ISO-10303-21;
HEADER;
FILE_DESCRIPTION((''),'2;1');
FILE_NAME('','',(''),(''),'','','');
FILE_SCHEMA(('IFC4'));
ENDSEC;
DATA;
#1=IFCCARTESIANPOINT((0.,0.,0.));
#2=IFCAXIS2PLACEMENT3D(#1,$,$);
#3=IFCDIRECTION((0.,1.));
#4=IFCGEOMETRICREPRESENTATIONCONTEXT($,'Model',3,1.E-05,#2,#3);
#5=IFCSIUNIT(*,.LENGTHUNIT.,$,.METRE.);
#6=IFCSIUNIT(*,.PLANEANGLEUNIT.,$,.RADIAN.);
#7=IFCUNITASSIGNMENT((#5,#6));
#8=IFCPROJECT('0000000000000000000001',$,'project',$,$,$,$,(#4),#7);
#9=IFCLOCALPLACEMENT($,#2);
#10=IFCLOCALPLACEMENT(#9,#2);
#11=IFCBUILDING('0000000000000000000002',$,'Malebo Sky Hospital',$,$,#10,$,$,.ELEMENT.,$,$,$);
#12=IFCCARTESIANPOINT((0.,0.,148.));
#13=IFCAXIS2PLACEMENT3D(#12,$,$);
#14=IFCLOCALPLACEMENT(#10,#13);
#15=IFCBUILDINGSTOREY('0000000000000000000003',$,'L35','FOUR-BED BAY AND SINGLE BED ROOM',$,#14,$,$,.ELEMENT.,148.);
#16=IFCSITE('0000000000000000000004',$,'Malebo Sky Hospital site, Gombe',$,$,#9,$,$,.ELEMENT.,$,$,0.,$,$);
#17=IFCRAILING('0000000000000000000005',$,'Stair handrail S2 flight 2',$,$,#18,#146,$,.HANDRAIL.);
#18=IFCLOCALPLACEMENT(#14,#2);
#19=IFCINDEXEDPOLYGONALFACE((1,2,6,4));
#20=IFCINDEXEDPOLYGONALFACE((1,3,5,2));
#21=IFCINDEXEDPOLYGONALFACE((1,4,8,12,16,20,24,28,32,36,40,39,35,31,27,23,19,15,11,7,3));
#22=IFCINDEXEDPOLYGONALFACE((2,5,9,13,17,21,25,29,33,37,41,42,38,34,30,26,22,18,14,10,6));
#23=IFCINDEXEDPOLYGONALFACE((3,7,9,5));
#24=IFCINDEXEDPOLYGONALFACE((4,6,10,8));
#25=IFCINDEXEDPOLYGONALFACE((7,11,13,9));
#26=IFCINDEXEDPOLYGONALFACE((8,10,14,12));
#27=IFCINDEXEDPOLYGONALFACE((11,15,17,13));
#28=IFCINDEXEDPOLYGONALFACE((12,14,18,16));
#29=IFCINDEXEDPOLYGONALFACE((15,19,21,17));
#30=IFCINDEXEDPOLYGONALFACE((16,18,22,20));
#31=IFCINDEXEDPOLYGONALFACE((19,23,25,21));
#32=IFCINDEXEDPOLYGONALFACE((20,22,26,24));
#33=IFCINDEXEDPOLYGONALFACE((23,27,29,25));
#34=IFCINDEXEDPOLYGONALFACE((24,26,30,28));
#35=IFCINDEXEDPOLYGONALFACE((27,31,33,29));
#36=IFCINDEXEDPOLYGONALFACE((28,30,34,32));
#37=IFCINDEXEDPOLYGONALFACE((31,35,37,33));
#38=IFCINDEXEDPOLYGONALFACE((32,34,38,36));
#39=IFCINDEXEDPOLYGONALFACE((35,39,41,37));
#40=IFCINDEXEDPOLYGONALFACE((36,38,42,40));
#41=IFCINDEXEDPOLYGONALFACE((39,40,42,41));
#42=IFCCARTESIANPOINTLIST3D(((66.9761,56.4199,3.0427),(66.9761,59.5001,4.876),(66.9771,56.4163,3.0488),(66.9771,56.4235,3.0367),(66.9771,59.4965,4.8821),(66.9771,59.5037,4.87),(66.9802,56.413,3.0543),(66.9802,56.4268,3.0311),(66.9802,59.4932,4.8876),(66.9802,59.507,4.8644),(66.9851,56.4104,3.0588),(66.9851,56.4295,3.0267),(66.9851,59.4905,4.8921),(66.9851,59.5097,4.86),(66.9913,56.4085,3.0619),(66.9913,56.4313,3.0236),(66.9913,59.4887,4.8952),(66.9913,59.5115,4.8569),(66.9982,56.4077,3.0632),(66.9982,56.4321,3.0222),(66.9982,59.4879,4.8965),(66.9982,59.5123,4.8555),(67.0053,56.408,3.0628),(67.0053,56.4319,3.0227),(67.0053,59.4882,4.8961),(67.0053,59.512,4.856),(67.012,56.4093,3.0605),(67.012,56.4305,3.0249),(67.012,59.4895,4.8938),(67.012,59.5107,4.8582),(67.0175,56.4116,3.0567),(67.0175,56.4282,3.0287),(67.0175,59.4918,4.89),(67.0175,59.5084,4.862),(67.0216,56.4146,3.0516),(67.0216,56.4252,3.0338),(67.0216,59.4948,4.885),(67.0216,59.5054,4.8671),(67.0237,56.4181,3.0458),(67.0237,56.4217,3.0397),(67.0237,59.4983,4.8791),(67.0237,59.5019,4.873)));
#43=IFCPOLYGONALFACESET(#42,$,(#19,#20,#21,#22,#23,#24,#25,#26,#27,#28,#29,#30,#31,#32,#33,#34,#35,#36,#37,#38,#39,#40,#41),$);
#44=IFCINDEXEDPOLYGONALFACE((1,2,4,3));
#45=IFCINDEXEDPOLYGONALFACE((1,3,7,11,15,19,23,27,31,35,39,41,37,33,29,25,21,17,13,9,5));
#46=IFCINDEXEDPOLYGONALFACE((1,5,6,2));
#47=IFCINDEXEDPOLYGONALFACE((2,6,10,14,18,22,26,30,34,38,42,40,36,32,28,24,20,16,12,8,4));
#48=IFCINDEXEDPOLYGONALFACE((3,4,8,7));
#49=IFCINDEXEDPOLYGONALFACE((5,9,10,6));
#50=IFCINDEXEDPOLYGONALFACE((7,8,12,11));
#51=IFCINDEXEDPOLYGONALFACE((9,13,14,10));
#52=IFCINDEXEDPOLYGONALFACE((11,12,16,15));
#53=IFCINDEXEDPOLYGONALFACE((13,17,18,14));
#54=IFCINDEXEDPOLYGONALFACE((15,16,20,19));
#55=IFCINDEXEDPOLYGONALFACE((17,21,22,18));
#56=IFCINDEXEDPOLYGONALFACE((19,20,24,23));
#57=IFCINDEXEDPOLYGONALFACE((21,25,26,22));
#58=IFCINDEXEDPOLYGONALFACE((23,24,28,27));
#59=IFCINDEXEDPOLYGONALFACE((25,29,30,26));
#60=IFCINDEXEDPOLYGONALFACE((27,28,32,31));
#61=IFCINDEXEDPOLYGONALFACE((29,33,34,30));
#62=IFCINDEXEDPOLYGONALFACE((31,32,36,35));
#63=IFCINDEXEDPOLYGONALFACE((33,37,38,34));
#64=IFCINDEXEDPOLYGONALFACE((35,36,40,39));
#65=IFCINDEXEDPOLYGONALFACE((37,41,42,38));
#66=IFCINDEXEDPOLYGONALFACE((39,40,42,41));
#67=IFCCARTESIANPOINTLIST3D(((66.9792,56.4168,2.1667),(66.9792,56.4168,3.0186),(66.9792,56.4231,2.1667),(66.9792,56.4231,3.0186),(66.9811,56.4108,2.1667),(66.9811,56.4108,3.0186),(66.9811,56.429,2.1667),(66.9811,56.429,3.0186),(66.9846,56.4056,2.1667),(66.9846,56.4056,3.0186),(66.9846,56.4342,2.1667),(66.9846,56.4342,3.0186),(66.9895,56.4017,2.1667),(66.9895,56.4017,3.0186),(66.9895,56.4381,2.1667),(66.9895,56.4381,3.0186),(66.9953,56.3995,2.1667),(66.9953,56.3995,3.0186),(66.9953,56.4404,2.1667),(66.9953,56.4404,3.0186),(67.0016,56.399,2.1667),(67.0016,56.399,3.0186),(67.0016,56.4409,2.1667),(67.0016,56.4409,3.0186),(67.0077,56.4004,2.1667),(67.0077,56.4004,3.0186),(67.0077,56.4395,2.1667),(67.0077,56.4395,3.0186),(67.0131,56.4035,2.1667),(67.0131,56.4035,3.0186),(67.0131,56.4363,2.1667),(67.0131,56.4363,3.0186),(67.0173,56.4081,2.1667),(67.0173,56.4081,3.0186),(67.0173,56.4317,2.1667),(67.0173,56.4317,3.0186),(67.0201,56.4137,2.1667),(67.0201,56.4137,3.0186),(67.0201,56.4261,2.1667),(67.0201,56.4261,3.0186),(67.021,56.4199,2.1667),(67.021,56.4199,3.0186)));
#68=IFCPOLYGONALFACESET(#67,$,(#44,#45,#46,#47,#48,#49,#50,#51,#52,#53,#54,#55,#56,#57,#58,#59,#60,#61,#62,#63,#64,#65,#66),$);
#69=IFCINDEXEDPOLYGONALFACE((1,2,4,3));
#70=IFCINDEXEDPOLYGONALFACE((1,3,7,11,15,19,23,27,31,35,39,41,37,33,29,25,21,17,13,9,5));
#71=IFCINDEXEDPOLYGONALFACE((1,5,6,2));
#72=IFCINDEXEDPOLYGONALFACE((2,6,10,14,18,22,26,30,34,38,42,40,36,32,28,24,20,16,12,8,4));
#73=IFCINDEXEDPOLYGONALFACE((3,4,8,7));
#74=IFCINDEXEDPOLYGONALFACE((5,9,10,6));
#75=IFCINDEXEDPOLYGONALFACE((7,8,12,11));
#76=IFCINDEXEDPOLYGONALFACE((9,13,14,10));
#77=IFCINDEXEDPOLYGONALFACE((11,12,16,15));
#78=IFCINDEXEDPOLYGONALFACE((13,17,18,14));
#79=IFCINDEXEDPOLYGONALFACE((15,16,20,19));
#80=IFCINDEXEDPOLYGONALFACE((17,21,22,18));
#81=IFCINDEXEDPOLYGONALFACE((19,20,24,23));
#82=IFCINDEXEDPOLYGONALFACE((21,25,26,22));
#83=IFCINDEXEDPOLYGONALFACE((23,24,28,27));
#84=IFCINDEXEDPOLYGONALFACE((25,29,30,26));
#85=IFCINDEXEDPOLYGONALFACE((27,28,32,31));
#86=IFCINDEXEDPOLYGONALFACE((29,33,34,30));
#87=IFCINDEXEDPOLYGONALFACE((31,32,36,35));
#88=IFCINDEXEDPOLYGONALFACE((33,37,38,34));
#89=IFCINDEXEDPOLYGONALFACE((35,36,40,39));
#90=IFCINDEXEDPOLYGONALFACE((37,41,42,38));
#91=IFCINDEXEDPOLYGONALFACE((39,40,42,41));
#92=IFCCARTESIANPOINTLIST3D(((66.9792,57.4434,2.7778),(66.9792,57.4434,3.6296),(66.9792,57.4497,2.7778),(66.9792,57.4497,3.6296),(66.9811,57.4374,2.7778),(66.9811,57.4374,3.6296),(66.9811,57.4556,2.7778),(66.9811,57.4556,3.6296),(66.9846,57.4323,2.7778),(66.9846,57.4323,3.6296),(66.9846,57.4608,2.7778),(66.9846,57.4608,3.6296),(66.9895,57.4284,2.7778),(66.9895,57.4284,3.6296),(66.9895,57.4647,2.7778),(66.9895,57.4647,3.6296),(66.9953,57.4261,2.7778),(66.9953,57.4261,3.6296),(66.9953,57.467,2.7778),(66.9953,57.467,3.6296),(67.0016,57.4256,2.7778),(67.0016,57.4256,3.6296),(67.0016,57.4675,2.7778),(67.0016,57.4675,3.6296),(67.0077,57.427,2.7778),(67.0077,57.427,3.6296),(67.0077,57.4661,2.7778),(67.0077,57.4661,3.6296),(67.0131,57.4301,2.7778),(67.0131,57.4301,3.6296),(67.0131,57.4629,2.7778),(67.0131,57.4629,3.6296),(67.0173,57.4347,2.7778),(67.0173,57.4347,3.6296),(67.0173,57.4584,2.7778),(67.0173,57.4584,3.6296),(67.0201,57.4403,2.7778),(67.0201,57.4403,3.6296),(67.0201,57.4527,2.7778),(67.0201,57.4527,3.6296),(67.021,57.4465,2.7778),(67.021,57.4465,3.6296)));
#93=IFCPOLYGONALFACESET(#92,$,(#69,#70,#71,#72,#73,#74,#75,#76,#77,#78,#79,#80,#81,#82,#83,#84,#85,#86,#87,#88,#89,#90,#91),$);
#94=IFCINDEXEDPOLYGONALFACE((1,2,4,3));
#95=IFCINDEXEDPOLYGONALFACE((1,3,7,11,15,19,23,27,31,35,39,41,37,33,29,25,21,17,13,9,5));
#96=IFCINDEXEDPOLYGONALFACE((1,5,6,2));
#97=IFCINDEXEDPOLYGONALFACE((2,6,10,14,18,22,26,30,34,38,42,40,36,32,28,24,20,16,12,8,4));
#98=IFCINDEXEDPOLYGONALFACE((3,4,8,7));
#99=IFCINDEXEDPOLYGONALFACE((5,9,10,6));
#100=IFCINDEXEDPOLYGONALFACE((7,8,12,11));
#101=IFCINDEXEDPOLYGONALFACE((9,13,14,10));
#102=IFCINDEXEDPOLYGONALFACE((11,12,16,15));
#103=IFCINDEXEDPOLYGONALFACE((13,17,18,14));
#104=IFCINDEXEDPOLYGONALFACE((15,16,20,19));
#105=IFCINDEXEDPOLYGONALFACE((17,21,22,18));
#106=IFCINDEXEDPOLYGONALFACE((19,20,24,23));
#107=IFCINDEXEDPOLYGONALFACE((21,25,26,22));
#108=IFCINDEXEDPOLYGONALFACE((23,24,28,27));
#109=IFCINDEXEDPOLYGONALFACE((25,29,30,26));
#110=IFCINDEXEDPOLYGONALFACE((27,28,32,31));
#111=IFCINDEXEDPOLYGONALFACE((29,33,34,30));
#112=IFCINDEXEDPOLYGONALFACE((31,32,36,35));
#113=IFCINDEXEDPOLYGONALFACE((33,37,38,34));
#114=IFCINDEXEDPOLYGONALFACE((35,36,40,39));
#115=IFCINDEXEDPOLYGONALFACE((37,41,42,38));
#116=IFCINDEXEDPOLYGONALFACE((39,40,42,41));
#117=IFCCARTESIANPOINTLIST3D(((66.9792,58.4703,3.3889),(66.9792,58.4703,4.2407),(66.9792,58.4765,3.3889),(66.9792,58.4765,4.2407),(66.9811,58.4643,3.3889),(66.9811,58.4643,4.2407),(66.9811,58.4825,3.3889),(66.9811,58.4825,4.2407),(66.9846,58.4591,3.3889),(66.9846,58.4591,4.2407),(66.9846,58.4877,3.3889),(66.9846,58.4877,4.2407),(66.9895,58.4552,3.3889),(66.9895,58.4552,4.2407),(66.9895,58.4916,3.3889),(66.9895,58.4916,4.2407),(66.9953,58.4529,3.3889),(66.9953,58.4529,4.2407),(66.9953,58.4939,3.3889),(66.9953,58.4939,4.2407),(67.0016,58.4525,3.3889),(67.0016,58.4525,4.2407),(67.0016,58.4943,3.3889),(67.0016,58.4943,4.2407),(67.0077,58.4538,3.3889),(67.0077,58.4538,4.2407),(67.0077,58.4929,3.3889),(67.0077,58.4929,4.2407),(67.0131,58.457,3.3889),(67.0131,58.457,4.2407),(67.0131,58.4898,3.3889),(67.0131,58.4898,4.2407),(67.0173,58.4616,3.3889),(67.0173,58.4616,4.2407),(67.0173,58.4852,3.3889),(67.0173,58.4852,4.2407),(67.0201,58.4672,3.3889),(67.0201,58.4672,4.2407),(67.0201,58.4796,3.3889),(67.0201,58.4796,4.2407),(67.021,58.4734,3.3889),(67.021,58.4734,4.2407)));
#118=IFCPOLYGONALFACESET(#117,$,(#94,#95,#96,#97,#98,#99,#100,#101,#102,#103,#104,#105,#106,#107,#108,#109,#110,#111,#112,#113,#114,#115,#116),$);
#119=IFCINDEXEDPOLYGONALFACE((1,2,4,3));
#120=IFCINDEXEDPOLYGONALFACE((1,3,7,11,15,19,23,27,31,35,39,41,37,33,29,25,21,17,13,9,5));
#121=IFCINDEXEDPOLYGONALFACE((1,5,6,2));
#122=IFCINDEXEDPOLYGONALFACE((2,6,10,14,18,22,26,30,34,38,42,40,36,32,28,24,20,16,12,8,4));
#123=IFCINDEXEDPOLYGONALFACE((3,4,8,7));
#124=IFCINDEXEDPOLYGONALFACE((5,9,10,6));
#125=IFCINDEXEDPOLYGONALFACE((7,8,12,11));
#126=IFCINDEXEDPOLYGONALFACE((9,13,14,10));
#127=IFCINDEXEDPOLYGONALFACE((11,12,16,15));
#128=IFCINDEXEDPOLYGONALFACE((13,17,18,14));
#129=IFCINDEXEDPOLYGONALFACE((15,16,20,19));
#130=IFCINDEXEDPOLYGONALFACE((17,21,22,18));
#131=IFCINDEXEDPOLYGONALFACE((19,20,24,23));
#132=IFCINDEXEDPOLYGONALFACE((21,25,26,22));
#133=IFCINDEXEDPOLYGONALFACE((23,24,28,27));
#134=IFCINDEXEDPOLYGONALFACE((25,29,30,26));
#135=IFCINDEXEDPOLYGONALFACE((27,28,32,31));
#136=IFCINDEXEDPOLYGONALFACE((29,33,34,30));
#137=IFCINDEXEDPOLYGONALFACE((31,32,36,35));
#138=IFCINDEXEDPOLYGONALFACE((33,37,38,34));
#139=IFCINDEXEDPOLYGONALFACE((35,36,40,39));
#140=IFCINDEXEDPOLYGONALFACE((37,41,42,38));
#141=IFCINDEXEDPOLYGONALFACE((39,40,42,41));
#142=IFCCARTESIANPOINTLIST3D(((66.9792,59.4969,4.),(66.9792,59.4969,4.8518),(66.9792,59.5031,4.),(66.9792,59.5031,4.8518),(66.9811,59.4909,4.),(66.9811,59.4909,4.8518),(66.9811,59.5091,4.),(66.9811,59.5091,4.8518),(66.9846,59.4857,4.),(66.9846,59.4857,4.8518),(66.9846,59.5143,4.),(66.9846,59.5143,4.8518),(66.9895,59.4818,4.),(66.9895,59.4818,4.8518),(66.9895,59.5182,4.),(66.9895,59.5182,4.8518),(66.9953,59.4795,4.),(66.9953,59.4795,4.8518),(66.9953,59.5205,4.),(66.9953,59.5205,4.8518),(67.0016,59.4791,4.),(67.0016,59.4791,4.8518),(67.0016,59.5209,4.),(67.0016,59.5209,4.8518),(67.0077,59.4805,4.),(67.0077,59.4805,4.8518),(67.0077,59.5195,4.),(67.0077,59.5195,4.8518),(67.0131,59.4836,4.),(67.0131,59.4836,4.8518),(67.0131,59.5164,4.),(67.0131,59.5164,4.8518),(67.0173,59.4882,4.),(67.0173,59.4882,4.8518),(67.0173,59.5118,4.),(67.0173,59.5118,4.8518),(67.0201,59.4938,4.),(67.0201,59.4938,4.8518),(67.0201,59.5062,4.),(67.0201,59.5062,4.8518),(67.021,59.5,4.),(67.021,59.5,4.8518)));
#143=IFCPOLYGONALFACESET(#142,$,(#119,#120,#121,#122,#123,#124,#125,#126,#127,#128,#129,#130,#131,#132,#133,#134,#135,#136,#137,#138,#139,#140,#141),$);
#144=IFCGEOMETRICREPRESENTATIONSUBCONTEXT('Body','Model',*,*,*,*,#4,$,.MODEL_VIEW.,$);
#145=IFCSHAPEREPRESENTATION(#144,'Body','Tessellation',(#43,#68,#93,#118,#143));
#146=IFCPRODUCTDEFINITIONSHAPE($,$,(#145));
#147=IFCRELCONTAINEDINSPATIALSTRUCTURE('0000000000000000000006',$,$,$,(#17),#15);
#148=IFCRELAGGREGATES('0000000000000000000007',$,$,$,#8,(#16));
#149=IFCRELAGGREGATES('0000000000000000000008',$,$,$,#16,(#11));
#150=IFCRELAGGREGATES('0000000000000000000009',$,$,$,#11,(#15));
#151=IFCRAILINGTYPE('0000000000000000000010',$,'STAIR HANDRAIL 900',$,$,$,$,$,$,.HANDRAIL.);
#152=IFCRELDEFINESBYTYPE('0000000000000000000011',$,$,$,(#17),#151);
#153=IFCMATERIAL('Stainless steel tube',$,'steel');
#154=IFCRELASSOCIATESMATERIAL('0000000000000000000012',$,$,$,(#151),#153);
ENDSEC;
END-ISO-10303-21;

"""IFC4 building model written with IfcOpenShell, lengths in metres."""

from ifc_helpers import new_model, si_unit, direction, frame, origin, origin_2d, place, context, subcontext, project, spatial, circle, extrude, material, type_object, element, save


model = new_model("IFC4")

# Units and contexts
model_context = context("Model", 3, precision=1e-05, world=origin(), true_north=direction((0.0, 1.0)))
body_context = subcontext(model_context, "Body", "Model", "MODEL_VIEW")
ifc_project = project(units=[si_unit("LENGTHUNIT", "METRE"), si_unit("PLANEANGLEUNIT", "RADIAN")], contexts=[model_context])

# Site, building, storey
site_placement = place(None, origin())
site = spatial("IfcSite", under=ifc_project, at=site_placement, Name="Malebo Sky Hospital site, Gombe", CompositionType="ELEMENT", RefElevation=0.0)
building_placement = place(site_placement, origin())
building = spatial("IfcBuilding", under=site, at=building_placement, Name="Malebo Sky Hospital", CompositionType="ELEMENT")
storey_placement = place(building_placement, frame((0.0, 0.0, 148.0)))
storey = spatial("IfcBuildingStorey", under=building, at=storey_placement, Name="L35", Description="FOUR-BED BAY AND SINGLE BED ROOM", CompositionType="ELEMENT", Elevation=148.0)

# Railing
ifc_material_1 = material(Name="Stainless steel tube", Category="steel")
railing_type = type_object("IfcRailingType", Name="STAIR HANDRAIL 900", PredefinedType="HANDRAIL", material=ifc_material_1)
railing_1_placement = place(storey_placement, frame((67.0, 56.4199, 2.1667)))
element("IfcRailing", 1, at=railing_1_placement, inside=storey, type_object=railing_type, Name="Stair handrail S2 flight 2", PredefinedType="HANDRAIL", context=body_context, shape_type="SweptSolid", body=[
    extrude(circle(Radius=0.0239, at=origin_2d()), frame((0.0, 0.0, 0.876), z_axis=(0.0, 0.859309, 0.511458), x_axis=(-1.0, 0.0, 0.0)), (0.0, 0.0, 1.0), 3.5845),
    extrude(circle(Radius=0.021, at=origin_2d()), origin(), (0.0, 0.0, 1.0), 0.8518),
    extrude(circle(Radius=0.021, at=origin_2d()), frame((0.0, 1.0266, 0.6111)), (0.0, 0.0, 1.0), 0.8518),
    extrude(circle(Radius=0.021, at=origin_2d()), frame((0.0, 2.0535, 1.2222)), (0.0, 0.0, 1.0), 0.8518),
    extrude(circle(Radius=0.021, at=origin_2d()), frame((0.0, 3.0801, 1.8333)), (0.0, 0.0, 1.0), 0.8518),
])

save(model, "model.ifc")
